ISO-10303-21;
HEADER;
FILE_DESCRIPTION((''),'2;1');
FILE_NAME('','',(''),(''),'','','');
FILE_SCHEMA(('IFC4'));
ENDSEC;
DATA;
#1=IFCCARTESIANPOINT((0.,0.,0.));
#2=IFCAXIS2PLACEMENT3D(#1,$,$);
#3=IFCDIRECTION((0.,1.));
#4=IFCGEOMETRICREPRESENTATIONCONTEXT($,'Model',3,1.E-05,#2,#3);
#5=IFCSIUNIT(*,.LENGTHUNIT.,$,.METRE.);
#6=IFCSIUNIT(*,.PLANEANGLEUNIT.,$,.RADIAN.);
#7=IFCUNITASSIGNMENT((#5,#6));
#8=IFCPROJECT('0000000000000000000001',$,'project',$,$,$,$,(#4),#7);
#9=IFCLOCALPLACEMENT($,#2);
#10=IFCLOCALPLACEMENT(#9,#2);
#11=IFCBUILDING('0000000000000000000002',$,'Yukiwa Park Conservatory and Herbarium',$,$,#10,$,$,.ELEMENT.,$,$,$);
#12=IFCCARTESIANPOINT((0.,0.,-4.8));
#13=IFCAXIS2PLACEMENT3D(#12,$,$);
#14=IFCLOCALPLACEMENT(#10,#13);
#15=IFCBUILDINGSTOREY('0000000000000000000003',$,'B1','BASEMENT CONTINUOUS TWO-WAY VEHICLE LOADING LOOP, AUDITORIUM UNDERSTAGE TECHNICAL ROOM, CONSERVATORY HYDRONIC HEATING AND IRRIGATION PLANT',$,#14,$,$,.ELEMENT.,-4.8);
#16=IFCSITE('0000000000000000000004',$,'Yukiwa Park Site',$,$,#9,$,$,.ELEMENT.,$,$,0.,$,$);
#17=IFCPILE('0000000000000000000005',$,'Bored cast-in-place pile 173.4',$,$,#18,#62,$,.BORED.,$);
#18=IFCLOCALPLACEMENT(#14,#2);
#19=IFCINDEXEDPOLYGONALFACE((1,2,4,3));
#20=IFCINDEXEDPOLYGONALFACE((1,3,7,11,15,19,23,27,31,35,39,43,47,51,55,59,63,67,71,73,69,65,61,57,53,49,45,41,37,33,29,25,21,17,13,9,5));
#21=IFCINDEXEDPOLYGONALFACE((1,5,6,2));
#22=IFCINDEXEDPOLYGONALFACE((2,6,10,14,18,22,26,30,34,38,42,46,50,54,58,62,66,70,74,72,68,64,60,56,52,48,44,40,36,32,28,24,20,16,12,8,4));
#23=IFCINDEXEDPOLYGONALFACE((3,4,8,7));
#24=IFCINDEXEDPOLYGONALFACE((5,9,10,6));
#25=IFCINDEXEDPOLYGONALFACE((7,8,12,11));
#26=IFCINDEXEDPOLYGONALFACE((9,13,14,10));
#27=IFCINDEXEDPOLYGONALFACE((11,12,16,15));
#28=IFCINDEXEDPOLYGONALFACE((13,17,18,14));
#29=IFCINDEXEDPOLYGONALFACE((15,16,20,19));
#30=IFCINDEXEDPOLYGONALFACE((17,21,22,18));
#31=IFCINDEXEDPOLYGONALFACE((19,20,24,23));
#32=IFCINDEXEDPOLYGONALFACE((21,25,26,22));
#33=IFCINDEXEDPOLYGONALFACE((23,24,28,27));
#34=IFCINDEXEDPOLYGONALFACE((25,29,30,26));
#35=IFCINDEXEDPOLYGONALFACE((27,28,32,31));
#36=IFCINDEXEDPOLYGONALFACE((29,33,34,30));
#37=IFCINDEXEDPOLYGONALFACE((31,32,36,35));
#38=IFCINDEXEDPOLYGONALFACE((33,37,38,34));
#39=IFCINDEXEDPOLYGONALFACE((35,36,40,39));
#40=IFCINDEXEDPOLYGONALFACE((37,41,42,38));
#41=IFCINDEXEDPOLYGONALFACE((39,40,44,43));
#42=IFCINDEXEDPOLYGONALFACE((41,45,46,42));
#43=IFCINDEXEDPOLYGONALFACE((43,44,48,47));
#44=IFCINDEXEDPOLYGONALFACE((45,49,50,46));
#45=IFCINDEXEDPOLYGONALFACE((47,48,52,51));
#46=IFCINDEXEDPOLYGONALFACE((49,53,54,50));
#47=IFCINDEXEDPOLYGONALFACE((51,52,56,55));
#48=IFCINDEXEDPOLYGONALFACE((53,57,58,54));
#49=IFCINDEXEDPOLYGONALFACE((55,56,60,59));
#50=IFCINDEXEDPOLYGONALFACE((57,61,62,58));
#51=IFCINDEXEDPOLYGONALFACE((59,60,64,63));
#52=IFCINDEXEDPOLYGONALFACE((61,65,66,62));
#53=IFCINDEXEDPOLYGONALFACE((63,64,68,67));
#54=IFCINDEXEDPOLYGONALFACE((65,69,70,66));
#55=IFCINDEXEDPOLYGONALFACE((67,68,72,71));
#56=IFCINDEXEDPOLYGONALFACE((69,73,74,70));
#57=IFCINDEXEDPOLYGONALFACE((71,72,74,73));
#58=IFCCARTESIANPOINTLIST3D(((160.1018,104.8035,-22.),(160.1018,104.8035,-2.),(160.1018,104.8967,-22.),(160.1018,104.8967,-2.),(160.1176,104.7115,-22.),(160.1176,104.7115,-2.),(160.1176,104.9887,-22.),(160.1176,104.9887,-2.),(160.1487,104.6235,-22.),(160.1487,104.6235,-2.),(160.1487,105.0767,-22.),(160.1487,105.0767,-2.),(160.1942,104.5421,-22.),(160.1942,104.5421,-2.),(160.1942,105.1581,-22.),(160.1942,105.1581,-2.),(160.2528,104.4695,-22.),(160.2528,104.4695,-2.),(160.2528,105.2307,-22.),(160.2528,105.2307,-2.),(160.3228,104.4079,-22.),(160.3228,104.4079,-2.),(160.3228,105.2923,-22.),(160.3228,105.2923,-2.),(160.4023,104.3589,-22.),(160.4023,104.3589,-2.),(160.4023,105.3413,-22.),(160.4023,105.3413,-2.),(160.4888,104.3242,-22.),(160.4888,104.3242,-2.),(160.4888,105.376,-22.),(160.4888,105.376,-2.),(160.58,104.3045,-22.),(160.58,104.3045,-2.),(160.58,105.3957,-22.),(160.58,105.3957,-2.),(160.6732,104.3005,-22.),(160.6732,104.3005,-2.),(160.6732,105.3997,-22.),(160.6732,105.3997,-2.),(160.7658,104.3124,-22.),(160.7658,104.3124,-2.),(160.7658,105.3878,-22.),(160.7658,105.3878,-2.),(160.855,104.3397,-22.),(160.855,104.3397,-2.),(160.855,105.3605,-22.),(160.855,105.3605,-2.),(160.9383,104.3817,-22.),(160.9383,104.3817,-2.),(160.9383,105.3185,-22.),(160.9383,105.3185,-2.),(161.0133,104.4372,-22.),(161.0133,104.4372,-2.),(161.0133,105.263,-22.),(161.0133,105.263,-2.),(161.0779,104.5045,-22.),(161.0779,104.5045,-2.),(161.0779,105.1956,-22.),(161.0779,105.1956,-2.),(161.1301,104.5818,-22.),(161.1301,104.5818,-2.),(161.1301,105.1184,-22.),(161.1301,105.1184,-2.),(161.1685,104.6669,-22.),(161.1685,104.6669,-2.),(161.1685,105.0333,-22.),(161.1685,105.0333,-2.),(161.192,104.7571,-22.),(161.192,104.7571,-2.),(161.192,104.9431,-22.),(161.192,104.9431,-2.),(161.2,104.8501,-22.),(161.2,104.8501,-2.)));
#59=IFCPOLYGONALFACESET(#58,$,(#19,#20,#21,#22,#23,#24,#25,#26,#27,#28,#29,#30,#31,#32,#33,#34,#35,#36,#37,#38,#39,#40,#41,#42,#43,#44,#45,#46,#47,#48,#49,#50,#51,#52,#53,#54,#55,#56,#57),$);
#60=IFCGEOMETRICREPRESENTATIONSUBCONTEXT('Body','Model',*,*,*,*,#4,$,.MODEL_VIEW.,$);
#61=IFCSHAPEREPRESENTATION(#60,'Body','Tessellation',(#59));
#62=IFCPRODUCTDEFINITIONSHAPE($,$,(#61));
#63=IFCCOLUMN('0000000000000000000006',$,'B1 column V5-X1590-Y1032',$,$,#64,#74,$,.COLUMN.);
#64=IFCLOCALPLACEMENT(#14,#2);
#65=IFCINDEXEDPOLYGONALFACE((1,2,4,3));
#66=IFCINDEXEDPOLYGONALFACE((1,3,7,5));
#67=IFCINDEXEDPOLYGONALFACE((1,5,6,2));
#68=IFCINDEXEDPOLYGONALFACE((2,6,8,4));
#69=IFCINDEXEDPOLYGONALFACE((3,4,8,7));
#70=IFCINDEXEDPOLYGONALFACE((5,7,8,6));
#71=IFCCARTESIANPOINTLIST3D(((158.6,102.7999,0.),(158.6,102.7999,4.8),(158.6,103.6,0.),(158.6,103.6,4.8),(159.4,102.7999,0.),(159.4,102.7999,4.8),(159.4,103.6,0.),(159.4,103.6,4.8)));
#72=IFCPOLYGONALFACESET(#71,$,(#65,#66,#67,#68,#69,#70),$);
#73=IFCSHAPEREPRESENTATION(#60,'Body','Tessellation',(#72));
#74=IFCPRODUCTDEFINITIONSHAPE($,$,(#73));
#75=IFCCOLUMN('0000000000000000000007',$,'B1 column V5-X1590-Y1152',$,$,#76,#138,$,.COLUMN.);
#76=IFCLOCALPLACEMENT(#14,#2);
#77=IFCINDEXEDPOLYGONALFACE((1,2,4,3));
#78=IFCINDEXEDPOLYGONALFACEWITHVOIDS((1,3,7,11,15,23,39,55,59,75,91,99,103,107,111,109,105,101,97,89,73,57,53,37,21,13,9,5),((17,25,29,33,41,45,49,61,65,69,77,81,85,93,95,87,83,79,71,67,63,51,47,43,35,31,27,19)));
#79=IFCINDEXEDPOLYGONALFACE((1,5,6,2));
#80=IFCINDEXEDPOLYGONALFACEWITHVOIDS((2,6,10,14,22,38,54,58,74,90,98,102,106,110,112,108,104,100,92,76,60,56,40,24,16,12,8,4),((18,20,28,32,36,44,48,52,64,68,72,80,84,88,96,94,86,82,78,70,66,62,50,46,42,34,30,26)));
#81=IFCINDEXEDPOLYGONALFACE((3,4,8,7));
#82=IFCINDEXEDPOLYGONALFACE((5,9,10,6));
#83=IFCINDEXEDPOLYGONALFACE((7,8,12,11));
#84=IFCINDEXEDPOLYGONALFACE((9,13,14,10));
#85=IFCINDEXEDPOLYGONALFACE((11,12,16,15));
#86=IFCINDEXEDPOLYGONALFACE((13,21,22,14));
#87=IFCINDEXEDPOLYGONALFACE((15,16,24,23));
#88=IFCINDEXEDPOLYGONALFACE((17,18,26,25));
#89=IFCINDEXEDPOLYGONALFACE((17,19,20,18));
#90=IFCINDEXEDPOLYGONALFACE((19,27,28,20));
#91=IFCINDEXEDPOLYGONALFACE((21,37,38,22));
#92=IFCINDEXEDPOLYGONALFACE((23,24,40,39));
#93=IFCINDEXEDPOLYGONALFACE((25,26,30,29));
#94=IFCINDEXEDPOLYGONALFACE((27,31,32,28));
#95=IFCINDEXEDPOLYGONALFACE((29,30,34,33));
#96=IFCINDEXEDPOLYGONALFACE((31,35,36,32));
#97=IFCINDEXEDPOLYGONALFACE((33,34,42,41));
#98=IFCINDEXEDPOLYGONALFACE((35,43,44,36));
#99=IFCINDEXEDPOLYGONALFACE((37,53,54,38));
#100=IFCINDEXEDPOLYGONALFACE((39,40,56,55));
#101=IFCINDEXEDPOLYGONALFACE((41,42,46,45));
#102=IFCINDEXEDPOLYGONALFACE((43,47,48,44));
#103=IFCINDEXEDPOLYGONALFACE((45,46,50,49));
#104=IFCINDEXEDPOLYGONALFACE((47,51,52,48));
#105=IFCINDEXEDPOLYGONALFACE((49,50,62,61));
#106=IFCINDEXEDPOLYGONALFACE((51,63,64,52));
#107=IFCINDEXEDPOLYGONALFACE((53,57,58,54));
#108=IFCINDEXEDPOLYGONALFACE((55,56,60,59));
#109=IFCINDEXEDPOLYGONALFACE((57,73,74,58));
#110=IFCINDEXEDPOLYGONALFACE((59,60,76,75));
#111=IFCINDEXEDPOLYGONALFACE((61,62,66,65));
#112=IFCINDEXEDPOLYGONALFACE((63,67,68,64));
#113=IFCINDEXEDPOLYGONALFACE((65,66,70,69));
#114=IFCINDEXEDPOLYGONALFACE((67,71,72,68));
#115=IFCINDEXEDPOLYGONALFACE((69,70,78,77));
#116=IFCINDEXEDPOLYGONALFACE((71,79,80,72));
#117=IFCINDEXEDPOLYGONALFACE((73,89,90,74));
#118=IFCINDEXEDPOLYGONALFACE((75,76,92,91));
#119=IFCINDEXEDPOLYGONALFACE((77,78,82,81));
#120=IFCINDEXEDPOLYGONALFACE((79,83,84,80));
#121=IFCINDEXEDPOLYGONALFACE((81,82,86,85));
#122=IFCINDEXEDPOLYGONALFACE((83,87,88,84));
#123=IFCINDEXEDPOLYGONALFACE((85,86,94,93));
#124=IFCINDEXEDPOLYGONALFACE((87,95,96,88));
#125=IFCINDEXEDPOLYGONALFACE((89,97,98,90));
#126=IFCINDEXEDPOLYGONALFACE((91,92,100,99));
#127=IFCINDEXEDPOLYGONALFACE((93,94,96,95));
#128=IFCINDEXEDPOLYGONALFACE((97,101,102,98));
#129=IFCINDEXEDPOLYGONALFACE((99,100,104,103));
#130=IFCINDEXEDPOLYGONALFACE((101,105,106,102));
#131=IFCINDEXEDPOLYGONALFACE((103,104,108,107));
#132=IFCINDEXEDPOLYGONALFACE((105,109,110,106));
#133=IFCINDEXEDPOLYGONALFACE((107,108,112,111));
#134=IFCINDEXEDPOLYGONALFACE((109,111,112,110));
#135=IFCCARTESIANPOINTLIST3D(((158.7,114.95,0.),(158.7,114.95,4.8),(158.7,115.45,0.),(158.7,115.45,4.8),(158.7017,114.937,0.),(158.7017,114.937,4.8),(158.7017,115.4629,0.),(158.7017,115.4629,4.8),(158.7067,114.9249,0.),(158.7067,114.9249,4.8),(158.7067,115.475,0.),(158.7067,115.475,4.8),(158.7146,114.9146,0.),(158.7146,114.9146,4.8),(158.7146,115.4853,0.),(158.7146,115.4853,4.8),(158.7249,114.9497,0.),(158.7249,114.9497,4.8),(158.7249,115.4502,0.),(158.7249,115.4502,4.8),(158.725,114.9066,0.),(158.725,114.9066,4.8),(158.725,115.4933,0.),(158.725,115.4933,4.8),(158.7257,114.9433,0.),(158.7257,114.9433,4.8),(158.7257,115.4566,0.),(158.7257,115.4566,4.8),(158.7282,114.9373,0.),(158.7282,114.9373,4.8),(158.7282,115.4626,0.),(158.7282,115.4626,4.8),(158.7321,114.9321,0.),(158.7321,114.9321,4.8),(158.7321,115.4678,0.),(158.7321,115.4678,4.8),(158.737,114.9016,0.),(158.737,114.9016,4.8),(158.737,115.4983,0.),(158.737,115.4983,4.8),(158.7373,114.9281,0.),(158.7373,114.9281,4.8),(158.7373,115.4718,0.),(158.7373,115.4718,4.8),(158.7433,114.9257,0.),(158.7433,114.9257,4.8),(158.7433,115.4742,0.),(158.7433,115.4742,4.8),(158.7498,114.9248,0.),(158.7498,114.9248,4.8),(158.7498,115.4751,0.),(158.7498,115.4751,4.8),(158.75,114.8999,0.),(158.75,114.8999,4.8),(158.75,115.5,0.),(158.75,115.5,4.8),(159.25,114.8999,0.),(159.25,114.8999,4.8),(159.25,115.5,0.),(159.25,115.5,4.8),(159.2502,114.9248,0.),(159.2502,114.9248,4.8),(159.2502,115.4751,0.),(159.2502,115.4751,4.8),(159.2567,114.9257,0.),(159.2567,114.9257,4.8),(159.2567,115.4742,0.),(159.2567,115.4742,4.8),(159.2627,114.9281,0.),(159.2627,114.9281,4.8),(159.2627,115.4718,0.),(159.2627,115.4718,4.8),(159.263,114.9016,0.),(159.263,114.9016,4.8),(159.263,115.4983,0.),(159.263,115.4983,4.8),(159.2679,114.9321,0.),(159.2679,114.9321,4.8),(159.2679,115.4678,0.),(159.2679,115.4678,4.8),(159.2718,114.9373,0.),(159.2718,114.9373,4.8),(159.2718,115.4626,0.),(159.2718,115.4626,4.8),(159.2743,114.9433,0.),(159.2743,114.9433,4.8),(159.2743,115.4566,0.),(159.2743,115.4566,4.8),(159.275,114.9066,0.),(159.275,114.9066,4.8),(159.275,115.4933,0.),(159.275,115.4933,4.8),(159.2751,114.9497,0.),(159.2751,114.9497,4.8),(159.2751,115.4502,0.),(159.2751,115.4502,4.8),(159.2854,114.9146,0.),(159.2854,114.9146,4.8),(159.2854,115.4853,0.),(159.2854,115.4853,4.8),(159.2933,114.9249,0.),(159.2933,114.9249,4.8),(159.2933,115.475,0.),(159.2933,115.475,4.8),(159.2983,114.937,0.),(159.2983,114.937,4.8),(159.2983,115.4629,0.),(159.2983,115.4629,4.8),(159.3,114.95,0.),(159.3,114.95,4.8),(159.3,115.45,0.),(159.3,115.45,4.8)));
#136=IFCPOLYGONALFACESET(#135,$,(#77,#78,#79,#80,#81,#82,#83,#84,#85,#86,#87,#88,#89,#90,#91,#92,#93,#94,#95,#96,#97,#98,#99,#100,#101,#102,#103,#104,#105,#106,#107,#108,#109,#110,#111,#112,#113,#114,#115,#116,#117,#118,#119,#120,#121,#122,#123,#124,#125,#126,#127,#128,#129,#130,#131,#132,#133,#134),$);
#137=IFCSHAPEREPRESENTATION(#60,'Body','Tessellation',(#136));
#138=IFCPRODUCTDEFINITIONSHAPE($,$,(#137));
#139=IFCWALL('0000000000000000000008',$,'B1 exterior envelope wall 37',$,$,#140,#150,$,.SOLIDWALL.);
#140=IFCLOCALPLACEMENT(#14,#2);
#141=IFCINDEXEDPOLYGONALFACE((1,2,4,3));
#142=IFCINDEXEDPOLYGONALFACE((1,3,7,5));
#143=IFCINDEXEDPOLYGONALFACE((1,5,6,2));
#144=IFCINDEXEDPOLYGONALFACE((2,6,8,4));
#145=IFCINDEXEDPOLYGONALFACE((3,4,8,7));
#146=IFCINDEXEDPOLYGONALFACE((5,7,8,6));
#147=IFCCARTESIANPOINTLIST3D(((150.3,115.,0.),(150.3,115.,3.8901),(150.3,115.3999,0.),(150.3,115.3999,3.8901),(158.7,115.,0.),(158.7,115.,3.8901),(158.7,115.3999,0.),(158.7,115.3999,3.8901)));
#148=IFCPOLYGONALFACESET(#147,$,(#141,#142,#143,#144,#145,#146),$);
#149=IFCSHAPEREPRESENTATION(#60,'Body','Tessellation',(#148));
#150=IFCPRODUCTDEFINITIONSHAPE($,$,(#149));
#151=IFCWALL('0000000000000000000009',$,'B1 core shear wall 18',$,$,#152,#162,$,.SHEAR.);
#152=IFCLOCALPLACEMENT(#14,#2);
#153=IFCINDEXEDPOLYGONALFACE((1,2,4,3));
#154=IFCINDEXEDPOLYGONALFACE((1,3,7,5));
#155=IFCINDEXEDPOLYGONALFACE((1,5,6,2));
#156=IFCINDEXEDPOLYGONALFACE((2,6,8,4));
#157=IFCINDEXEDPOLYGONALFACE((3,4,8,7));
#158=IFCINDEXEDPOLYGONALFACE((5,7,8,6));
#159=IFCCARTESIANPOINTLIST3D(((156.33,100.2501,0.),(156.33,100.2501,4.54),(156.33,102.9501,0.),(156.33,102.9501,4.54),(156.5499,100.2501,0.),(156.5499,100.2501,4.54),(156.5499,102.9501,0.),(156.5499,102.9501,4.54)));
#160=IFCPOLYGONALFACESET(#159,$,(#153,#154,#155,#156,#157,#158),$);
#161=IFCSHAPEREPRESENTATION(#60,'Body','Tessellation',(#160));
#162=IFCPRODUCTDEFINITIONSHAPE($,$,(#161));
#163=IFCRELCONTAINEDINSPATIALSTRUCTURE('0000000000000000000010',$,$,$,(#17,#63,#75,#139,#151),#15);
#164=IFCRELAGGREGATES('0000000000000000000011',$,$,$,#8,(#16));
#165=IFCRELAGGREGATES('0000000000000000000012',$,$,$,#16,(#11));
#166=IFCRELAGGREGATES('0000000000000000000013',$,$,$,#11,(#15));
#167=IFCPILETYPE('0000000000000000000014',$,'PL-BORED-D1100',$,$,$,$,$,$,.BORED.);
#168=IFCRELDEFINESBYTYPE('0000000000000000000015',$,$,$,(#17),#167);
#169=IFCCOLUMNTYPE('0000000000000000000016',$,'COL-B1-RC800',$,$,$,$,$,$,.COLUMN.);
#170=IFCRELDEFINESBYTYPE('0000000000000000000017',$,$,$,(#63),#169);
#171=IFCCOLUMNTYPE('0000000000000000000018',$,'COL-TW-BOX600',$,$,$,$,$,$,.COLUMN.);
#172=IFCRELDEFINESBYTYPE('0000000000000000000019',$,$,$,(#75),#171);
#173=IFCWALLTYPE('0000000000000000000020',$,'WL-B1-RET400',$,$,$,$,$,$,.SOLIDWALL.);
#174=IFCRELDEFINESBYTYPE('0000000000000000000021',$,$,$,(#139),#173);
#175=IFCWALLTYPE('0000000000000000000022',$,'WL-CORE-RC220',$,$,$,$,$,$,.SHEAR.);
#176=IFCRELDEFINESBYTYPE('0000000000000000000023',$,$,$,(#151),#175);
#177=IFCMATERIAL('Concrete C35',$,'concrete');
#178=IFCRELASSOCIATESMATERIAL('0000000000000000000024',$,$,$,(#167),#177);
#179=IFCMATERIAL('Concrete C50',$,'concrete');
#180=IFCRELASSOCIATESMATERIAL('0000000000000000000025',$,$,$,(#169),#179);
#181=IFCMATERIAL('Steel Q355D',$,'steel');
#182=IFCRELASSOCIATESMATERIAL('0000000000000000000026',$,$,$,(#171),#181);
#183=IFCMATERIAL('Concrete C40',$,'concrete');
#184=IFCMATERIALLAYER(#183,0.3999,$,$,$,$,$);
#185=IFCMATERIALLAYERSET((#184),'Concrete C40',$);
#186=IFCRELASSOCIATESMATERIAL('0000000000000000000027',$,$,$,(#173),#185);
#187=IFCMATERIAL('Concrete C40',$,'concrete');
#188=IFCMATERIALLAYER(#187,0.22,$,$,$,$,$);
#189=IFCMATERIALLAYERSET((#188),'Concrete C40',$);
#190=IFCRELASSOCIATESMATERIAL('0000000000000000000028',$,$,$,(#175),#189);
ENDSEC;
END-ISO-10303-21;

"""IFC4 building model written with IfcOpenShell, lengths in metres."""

from ifc_helpers import new_model, si_unit, direction, frame, frame_2d, origin, origin_2d, place, context, subcontext, project, spatial, rectangle, hollow_rectangle, circle, extrude, material, layer, layer_set, material_profile, profile_set, type_object, element, save


model = new_model("IFC4")

# Units and contexts
model_context = context("Model", 3, precision=1e-05, world=origin(), true_north=direction((0.0, 1.0)))
body_context = subcontext(model_context, "Body", "Model", "MODEL_VIEW")
ifc_project = project(units=[si_unit("LENGTHUNIT", "METRE"), si_unit("PLANEANGLEUNIT", "RADIAN")], contexts=[model_context])

# Site, building, storey
site_placement = place(None, origin())
site = spatial("IfcSite", under=ifc_project, at=site_placement, Name="Yukiwa Park Site", CompositionType="ELEMENT", RefElevation=0.0)
building_placement = place(site_placement, origin())
building = spatial("IfcBuilding", under=site, at=building_placement, Name="Yukiwa Park Conservatory and Herbarium", CompositionType="ELEMENT")
storey_placement = place(building_placement, frame((0.0, 0.0, -4.8)))
storey = spatial("IfcBuildingStorey", under=building, at=storey_placement, Name="B1", Description="BASEMENT CONTINUOUS TWO-WAY VEHICLE LOADING LOOP, AUDITORIUM UNDERSTAGE TECHNICAL ROOM, CONSERVATORY HYDRONIC HEATING AND IRRIGATION PLANT", CompositionType="ELEMENT", Elevation=-4.8)

# Pile
ifc_material_1 = material(Name="Concrete C35", Category="concrete")
ifc_material_profile_1 = material_profile(ifc_material_1, circle(Radius=0.55, at=origin_2d()), Name="PILE D1100")
ifc_profile_set_1 = profile_set([ifc_material_profile_1], Name="Concrete C35")
pile_type_1 = type_object("IfcPileType", Name="PL-BORED-D1100", PredefinedType="BORED", material=ifc_profile_set_1)
for number, where, z_axis, x_axis, name in (
    (1, (160.6499, 104.8501, -2.0), (0.0, 0.0, -1.0), (1.0, 0.0, 0.0), "Bored cast-in-place pile 173.4"),
):
    element("IfcPile", number, at=place(storey_placement, frame(where, z_axis=z_axis, x_axis=x_axis)), inside=storey, type_object=pile_type_1, Name=name, PredefinedType="BORED", context=body_context, shape_type="SweptSolid", body=[
        extrude(circle(Radius=0.55, at=origin_2d()), origin(), (0.0, 0.0, 1.0), 20.0),
    ])

# Columns
ifc_material_2 = material(Name="Concrete C50", Category="concrete")
ifc_material_profile_2 = material_profile(ifc_material_2, rectangle(XDim=0.8, YDim=0.8, at=origin_2d()), Name="RC 800x800")
ifc_profile_set_2 = profile_set([ifc_material_profile_2], Name="Concrete C50")
column_type_1 = type_object("IfcColumnType", Name="COL-B1-RC800", PredefinedType="COLUMN", material=ifc_profile_set_2)
column_1_placement = place(storey_placement, frame((159.0, 103.2, 0.0), z_axis=(0.0, 0.0, 1.0), x_axis=(1.0, 0.0, 0.0)))
element("IfcColumn", 2, at=column_1_placement, inside=storey, type_object=column_type_1, Name="B1 column V5-X1590-Y1032", PredefinedType="COLUMN", context=body_context, shape_type="SweptSolid", body=[
    extrude(rectangle(XDim=0.8, YDim=0.8, at=origin_2d()), origin(), (0.0, 0.0, 1.0), 4.8),
])
ifc_material_3 = material(Name="Steel Q355D", Category="steel")
ifc_material_profile_3 = material_profile(ifc_material_3, hollow_rectangle(XDim=0.6001, YDim=0.6001, WallThickness=0.0249, InnerFilletRadius=0.0249, OuterFilletRadius=0.05, at=origin_2d()), Name="BOX 600x600x25")
ifc_profile_set_3 = profile_set([ifc_material_profile_3], Name="Steel Q355D")
column_type_2 = type_object("IfcColumnType", Name="COL-TW-BOX600", PredefinedType="COLUMN", material=ifc_profile_set_3)
column_2_placement = place(storey_placement, frame((159.0, 115.2, 0.0), z_axis=(0.0, 0.0, 1.0), x_axis=(1.0, 0.0, 0.0)))
element("IfcColumn", 3, at=column_2_placement, inside=storey, type_object=column_type_2, Name="B1 column V5-X1590-Y1152", PredefinedType="COLUMN", context=body_context, shape_type="SweptSolid", body=[
    extrude(hollow_rectangle(XDim=0.6001, YDim=0.6001, WallThickness=0.0249, InnerFilletRadius=0.0249, OuterFilletRadius=0.05, at=origin_2d()), origin(), (0.0, 0.0, 1.0), 4.8),
])

# Walls
ifc_material_4 = material(Name="Concrete C40", Category="concrete")
ifc_layer_1 = layer(ifc_material_4, 0.3999)
ifc_layer_set_1 = layer_set([ifc_layer_1], Name="Concrete C40")
wall_type_1 = type_object("IfcWallType", Name="WL-B1-RET400", PredefinedType="SOLIDWALL", material=ifc_layer_set_1)
wall_1_placement = place(storey_placement, frame((158.7, 115.2, 0.0), z_axis=(0.0, 0.0, 1.0), x_axis=(-1.0, 0.0, 0.0)))
element("IfcWall", 4, at=wall_1_placement, inside=storey, type_object=wall_type_1, Name="B1 exterior envelope wall 37", PredefinedType="SOLIDWALL", context=body_context, shape_type="SweptSolid", body=[
    extrude(rectangle(XDim=8.3999, YDim=0.3999, at=frame_2d((4.2, 0.0))), origin(), (0.0, 0.0, 1.0), 3.8901),
])
ifc_material_5 = material(Name="Concrete C40", Category="concrete")
ifc_layer_2 = layer(ifc_material_5, 0.22)
ifc_layer_set_2 = layer_set([ifc_layer_2], Name="Concrete C40")
wall_type_2 = type_object("IfcWallType", Name="WL-CORE-RC220", PredefinedType="SHEAR", material=ifc_layer_set_2)
wall_2_placement = place(storey_placement, frame((156.4399, 100.25, 0.0), z_axis=(0.0, 0.0, 1.0), x_axis=(0.0, 1.0, 0.0)))
element("IfcWall", 5, at=wall_2_placement, inside=storey, type_object=wall_type_2, Name="B1 core shear wall 18", PredefinedType="SHEAR", context=body_context, shape_type="SweptSolid", body=[
    extrude(rectangle(XDim=2.7, YDim=0.22, at=frame_2d((1.3501, 0.0))), origin(), (0.0, 0.0, 1.0), 4.54),
])

save(model, "model.ifc")
